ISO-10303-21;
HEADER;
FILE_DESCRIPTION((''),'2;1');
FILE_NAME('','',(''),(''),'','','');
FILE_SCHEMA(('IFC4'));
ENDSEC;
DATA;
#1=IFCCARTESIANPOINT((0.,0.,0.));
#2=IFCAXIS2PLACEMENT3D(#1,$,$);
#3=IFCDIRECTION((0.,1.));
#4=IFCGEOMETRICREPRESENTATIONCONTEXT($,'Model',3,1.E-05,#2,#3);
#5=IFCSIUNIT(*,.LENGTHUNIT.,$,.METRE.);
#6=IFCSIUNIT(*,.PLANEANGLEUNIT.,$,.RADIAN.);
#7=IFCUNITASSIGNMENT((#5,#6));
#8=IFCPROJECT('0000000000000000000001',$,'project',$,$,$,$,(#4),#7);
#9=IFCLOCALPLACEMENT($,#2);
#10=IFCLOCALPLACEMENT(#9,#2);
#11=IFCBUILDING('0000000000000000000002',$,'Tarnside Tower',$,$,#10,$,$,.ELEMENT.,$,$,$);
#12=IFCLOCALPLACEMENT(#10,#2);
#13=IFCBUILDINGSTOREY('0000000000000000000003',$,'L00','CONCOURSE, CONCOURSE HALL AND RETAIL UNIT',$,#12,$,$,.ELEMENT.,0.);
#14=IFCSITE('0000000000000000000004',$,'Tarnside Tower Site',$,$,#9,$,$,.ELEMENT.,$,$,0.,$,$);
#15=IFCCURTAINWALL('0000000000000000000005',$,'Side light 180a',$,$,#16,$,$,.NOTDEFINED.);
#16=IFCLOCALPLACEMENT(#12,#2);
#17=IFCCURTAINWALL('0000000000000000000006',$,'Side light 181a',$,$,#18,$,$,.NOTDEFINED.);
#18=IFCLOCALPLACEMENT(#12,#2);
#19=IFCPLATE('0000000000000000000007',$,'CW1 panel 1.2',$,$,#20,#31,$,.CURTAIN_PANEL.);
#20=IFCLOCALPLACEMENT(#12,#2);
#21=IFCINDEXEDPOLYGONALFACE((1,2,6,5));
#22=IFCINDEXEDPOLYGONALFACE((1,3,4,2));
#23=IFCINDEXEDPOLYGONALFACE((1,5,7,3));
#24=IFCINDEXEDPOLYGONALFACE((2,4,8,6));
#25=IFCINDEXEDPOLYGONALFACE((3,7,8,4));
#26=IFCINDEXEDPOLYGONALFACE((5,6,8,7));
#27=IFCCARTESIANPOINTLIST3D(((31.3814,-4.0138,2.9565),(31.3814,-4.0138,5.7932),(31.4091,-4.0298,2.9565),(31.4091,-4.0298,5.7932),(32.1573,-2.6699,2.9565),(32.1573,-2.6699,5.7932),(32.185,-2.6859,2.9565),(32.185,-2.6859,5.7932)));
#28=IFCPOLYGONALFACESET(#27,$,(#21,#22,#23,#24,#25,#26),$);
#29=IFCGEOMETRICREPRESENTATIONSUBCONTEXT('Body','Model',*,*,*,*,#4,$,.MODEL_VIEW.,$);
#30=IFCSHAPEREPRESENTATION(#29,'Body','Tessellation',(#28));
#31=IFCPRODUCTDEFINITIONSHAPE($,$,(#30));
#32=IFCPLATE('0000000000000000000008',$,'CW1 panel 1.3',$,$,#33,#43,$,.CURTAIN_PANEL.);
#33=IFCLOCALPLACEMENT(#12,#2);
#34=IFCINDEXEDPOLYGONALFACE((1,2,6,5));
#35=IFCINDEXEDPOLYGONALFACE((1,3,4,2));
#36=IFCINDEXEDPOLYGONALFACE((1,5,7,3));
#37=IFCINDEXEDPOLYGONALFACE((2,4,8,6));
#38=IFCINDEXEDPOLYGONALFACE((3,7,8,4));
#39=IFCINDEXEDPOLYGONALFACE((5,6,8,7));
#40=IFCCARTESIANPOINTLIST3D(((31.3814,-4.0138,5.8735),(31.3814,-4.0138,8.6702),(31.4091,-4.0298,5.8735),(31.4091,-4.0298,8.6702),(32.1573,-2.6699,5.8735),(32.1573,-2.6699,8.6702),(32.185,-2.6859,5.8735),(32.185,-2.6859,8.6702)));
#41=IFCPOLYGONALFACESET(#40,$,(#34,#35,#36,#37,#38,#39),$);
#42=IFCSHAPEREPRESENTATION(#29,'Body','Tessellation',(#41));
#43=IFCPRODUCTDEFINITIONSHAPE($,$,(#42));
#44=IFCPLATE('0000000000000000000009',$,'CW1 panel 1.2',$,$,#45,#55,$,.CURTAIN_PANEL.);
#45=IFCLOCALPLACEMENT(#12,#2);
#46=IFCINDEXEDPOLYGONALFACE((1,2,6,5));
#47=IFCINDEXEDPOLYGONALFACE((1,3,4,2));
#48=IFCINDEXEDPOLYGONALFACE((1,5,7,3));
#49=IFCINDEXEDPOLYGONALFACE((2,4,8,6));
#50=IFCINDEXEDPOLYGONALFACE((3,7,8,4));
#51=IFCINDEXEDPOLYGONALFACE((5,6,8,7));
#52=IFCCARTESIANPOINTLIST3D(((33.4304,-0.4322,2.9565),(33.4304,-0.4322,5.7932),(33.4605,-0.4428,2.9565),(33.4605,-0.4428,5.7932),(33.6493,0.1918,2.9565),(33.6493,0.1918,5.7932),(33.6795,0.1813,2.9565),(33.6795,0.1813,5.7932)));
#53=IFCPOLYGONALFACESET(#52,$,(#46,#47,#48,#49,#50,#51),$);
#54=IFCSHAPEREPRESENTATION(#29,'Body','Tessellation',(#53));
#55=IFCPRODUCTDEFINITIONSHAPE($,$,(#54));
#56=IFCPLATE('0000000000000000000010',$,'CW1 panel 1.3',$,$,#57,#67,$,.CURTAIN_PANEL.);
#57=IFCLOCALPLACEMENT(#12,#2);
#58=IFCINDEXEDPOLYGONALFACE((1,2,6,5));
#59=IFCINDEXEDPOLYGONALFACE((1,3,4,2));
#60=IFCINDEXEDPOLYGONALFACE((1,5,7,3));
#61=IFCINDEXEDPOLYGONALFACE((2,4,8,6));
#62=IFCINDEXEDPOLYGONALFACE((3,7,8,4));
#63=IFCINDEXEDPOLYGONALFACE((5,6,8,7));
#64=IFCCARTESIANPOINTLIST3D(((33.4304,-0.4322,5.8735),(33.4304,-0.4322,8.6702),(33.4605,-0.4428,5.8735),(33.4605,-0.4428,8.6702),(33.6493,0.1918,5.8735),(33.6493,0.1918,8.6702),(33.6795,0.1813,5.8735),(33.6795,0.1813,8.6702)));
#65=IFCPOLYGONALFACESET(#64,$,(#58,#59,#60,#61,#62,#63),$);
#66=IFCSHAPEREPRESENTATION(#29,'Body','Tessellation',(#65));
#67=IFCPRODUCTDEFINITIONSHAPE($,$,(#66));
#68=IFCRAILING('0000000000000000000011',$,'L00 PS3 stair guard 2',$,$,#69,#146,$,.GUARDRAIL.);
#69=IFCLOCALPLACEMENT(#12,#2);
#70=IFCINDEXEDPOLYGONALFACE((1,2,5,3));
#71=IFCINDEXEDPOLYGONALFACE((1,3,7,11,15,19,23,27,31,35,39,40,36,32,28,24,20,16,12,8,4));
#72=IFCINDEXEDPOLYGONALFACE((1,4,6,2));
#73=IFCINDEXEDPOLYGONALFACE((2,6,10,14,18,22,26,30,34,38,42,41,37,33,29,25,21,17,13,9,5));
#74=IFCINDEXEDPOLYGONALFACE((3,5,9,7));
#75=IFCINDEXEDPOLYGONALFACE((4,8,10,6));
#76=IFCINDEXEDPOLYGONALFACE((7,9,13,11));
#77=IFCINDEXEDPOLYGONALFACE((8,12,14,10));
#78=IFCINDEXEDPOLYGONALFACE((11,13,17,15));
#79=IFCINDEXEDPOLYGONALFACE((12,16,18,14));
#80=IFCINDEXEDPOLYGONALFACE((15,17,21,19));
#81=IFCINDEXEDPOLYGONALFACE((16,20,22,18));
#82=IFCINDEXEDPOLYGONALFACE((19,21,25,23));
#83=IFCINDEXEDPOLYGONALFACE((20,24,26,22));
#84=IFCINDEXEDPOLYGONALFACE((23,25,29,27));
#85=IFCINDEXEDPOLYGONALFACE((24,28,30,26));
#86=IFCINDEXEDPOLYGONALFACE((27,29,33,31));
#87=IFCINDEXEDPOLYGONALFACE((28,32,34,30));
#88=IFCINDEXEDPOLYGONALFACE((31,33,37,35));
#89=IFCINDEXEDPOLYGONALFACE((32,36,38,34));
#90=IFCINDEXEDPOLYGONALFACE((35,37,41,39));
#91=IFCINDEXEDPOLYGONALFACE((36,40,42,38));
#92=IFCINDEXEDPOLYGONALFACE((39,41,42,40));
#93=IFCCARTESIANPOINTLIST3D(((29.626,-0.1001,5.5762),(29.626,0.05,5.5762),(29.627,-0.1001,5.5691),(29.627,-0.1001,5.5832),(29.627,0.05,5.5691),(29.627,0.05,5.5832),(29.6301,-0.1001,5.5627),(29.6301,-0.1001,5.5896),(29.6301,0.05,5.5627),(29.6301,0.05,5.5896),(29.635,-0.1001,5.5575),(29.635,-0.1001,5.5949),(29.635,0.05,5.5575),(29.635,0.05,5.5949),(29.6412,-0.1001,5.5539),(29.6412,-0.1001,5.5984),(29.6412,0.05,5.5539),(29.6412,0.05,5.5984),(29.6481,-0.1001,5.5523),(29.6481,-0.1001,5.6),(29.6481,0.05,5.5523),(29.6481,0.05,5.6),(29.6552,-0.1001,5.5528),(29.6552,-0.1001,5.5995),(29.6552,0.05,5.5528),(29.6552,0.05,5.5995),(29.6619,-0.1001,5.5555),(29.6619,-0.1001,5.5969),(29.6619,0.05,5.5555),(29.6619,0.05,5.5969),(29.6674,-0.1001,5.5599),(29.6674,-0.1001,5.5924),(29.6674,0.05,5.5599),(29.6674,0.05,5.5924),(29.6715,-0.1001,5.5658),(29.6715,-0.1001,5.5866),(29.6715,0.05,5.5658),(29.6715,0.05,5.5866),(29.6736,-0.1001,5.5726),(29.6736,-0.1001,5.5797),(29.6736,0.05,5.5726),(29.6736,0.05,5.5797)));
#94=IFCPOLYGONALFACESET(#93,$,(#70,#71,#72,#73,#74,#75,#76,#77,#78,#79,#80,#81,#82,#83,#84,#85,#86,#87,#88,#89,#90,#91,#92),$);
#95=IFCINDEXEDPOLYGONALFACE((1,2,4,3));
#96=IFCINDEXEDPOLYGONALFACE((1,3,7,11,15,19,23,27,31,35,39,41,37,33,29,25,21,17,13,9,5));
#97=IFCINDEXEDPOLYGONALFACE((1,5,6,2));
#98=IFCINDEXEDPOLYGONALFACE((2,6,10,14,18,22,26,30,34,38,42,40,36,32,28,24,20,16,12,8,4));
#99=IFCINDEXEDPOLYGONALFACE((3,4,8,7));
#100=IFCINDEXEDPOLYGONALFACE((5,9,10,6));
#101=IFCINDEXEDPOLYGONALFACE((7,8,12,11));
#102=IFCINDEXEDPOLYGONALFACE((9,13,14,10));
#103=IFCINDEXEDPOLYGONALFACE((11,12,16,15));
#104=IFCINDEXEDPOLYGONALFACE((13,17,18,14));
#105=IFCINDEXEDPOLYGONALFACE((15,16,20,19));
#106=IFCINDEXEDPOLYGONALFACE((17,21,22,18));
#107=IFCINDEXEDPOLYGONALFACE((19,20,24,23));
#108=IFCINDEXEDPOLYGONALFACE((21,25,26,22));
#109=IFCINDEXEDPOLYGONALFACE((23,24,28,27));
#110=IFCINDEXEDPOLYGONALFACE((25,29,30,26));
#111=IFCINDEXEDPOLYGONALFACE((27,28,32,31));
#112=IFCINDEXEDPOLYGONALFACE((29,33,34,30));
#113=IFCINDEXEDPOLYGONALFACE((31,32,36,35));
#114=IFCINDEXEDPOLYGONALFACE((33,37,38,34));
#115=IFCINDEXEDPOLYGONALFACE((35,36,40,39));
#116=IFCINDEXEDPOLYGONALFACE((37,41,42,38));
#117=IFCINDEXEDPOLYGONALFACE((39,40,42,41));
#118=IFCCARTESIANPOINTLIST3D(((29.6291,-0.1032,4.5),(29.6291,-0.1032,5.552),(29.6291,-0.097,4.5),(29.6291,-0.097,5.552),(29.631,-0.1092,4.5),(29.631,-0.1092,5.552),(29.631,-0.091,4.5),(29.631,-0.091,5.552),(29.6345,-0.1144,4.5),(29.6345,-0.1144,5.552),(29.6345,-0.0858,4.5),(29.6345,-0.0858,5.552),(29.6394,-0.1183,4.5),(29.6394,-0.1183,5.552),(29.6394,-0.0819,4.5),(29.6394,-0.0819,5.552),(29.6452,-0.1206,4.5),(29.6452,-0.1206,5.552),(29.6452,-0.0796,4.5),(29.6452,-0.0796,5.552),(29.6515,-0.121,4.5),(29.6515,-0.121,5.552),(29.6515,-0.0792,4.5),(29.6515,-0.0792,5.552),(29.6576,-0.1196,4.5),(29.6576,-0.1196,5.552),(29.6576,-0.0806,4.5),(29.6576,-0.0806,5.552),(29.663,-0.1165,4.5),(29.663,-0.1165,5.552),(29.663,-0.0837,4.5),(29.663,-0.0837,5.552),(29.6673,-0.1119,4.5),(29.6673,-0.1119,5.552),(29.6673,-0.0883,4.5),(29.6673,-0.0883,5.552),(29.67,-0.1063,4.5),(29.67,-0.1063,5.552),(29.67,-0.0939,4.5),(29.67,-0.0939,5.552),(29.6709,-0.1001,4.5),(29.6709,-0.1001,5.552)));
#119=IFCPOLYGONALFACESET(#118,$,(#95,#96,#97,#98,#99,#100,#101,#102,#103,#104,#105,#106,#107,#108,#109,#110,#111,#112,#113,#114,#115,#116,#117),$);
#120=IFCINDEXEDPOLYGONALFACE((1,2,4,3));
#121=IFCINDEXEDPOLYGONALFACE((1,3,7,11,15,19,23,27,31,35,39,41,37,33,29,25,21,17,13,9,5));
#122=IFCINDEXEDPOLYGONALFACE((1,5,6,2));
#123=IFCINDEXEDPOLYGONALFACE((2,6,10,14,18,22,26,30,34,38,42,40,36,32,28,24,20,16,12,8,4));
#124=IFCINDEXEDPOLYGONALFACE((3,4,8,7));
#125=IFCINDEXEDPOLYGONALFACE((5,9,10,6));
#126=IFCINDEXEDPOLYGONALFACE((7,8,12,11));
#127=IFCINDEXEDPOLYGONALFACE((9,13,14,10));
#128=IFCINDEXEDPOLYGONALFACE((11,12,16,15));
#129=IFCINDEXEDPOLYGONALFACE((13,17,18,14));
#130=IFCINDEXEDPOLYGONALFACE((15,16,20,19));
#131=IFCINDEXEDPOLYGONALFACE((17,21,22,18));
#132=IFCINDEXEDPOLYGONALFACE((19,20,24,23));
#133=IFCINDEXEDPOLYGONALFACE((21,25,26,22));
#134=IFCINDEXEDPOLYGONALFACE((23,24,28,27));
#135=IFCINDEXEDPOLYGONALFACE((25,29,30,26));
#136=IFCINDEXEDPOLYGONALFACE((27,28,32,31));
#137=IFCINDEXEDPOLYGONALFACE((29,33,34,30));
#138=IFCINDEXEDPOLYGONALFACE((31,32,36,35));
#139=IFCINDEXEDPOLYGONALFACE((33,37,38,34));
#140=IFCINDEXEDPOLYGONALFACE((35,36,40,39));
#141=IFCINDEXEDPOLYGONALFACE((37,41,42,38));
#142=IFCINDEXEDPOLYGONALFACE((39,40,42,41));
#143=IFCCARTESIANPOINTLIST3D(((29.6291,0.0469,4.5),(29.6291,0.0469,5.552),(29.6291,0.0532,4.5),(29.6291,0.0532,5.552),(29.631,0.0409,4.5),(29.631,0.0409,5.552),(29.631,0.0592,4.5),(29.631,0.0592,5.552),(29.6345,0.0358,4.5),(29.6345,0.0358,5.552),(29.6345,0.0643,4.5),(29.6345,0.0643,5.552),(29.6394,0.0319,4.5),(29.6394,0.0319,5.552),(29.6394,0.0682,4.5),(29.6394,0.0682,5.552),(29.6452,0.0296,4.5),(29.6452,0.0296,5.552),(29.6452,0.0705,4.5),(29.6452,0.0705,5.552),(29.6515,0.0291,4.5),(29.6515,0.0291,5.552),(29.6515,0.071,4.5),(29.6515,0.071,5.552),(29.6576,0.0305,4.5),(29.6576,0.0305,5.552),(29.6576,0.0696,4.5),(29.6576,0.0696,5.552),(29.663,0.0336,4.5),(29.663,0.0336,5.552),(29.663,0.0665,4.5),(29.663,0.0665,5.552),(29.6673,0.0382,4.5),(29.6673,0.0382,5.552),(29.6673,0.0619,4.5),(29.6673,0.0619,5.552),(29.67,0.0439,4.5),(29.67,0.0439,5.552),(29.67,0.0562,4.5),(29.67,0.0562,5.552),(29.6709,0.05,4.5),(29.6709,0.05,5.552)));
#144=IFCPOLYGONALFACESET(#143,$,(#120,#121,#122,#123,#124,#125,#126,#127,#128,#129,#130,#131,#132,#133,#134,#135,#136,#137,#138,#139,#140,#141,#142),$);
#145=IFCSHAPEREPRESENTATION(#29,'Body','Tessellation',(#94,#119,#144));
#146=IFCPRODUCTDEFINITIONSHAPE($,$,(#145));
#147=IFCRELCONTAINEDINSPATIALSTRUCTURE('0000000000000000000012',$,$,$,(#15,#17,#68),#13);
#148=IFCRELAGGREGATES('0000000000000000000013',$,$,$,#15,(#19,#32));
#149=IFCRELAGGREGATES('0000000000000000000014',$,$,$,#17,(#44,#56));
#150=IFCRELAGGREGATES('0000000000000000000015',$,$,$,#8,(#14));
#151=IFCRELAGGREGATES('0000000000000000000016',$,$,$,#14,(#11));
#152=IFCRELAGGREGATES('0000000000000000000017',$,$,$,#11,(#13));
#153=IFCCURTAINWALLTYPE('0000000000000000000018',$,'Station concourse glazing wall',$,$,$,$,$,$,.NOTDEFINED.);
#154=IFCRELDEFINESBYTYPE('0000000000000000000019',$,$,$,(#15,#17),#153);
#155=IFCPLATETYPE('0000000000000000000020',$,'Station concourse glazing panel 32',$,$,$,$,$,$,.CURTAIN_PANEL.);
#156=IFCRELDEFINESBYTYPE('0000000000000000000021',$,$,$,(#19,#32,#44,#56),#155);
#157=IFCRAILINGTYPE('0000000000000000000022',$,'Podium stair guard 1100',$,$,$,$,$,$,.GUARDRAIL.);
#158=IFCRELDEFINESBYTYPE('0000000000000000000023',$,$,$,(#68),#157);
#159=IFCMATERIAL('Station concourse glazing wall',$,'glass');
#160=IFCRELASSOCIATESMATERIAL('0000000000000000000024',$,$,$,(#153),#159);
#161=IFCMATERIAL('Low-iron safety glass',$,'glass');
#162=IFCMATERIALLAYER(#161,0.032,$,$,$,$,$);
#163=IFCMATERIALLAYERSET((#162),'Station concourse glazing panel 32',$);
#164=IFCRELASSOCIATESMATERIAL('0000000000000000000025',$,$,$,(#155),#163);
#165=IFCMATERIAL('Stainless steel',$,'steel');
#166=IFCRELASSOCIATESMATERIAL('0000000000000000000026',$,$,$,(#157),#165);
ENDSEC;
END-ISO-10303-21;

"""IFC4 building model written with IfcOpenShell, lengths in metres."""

from ifc_helpers import new_model, si_unit, direction, frame, origin, origin_2d, place, context, subcontext, project, spatial, rectangle, circle, extrude, material, layer, layer_set, type_object, element, aggregate, save


model = new_model("IFC4")

# Units and contexts
model_context = context("Model", 3, precision=1e-05, world=origin(), true_north=direction((0.0, 1.0)))
body_context = subcontext(model_context, "Body", "Model", "MODEL_VIEW")
ifc_project = project(units=[si_unit("LENGTHUNIT", "METRE"), si_unit("PLANEANGLEUNIT", "RADIAN")], contexts=[model_context])

# Site, building, storey
site_placement = place(None, origin())
site = spatial("IfcSite", under=ifc_project, at=site_placement, Name="Tarnside Tower Site", CompositionType="ELEMENT", RefElevation=0.0)
building_placement = place(site_placement, origin())
building = spatial("IfcBuilding", under=site, at=building_placement, Name="Tarnside Tower", CompositionType="ELEMENT")
storey_placement = place(building_placement, origin())
storey = spatial("IfcBuildingStorey", under=building, at=storey_placement, Name="L00", Description="CONCOURSE, CONCOURSE HALL AND RETAIL UNIT", CompositionType="ELEMENT", Elevation=0.0)

# Curtain walls
ifc_material_1 = material(Name="Station concourse glazing wall", Category="glass")
curtain_wall_type = type_object("IfcCurtainWallType", Name="Station concourse glazing wall", PredefinedType="NOTDEFINED", material=ifc_material_1)
curtain_wall_1_placement = place(storey_placement, origin())
curtain_wall_1 = element("IfcCurtainWall", 1, at=curtain_wall_1_placement, inside=storey, type_object=curtain_wall_type, Name="Side light 180a", PredefinedType="NOTDEFINED")
curtain_wall_2_placement = place(storey_placement, origin())
curtain_wall_2 = element("IfcCurtainWall", 2, at=curtain_wall_2_placement, inside=storey, type_object=curtain_wall_type, Name="Side light 181a", PredefinedType="NOTDEFINED")

# Plates
ifc_material_2 = material(Name="Low-iron safety glass", Category="glass")
ifc_layer = layer(ifc_material_2, 0.032)
ifc_layer_set = layer_set([ifc_layer], Name="Station concourse glazing panel 32")
plate_type = type_object("IfcPlateType", Name="Station concourse glazing panel 32", PredefinedType="CURTAIN_PANEL", material=ifc_layer_set)
plate_1_placement = place(storey_placement, frame((31.7832, -3.3499, 2.9565), z_axis=(0.0, 0.0, 1.0), x_axis=(0.5, 0.866025, 0.0)))
plate_1 = element("IfcPlate", 3, at=plate_1_placement, type_object=plate_type, Name="CW1 panel 1.2", PredefinedType="CURTAIN_PANEL", context=body_context, shape_type="SweptSolid", body=[
    extrude(rectangle(XDim=1.5518, YDim=0.032, at=origin_2d()), origin(), (0.0, 0.0, 1.0), 2.8367),
])
plate_2_placement = place(storey_placement, frame((31.7832, -3.3499, 5.8735), z_axis=(0.0, 0.0, 1.0), x_axis=(0.5, 0.866025, 0.0)))
plate_2 = element("IfcPlate", 4, at=plate_2_placement, type_object=plate_type, Name="CW1 panel 1.3", PredefinedType="CURTAIN_PANEL", context=body_context, shape_type="SweptSolid", body=[
    extrude(rectangle(XDim=1.5518, YDim=0.032, at=origin_2d()), origin(), (0.0, 0.0, 1.0), 2.7966),
])
aggregate(curtain_wall_1, [plate_1, plate_2])
plate_3_placement = place(storey_placement, frame((33.5549, -0.1255, 2.9565), z_axis=(0.0, 0.0, 1.0), x_axis=(0.331063, 0.943609, 0.0)))
plate_3 = element("IfcPlate", 5, at=plate_3_placement, type_object=plate_type, Name="CW1 panel 1.2", PredefinedType="CURTAIN_PANEL", context=body_context, shape_type="SweptSolid", body=[
    extrude(rectangle(XDim=0.6614, YDim=0.032, at=origin_2d()), origin(), (0.0, 0.0, 1.0), 2.8367),
])
plate_4_placement = place(storey_placement, frame((33.5549, -0.1255, 5.8735), z_axis=(0.0, 0.0, 1.0), x_axis=(0.331063, 0.943609, 0.0)))
plate_4 = element("IfcPlate", 6, at=plate_4_placement, type_object=plate_type, Name="CW1 panel 1.3", PredefinedType="CURTAIN_PANEL", context=body_context, shape_type="SweptSolid", body=[
    extrude(rectangle(XDim=0.6614, YDim=0.032, at=origin_2d()), origin(), (0.0, 0.0, 1.0), 2.7966),
])
aggregate(curtain_wall_2, [plate_3, plate_4])

# Railing
ifc_material_3 = material(Name="Stainless steel", Category="steel")
railing_type = type_object("IfcRailingType", Name="Podium stair guard 1100", PredefinedType="GUARDRAIL", material=ifc_material_3)
railing_placement = place(storey_placement, frame((29.6499, -0.1001, 4.5)))
element("IfcRailing", 7, at=railing_placement, inside=storey, type_object=railing_type, Name="L00 PS3 stair guard 2", PredefinedType="GUARDRAIL", context=body_context, shape_type="SweptSolid", body=[
    extrude(circle(Radius=0.0239, at=origin_2d()), frame((0.0, 0.0, 1.0762), z_axis=(0.0, 1.0, 0.0), x_axis=(-1.0, 0.0, 0.0)), (0.0, 0.0, 1.0), 0.1501),
    extrude(circle(Radius=0.021, at=origin_2d()), origin(), (0.0, 0.0, 1.0), 1.052),
    extrude(circle(Radius=0.021, at=origin_2d()), frame((0.0, 0.1501, 0.0)), (0.0, 0.0, 1.0), 1.052),
])

save(model, "model.ifc")
